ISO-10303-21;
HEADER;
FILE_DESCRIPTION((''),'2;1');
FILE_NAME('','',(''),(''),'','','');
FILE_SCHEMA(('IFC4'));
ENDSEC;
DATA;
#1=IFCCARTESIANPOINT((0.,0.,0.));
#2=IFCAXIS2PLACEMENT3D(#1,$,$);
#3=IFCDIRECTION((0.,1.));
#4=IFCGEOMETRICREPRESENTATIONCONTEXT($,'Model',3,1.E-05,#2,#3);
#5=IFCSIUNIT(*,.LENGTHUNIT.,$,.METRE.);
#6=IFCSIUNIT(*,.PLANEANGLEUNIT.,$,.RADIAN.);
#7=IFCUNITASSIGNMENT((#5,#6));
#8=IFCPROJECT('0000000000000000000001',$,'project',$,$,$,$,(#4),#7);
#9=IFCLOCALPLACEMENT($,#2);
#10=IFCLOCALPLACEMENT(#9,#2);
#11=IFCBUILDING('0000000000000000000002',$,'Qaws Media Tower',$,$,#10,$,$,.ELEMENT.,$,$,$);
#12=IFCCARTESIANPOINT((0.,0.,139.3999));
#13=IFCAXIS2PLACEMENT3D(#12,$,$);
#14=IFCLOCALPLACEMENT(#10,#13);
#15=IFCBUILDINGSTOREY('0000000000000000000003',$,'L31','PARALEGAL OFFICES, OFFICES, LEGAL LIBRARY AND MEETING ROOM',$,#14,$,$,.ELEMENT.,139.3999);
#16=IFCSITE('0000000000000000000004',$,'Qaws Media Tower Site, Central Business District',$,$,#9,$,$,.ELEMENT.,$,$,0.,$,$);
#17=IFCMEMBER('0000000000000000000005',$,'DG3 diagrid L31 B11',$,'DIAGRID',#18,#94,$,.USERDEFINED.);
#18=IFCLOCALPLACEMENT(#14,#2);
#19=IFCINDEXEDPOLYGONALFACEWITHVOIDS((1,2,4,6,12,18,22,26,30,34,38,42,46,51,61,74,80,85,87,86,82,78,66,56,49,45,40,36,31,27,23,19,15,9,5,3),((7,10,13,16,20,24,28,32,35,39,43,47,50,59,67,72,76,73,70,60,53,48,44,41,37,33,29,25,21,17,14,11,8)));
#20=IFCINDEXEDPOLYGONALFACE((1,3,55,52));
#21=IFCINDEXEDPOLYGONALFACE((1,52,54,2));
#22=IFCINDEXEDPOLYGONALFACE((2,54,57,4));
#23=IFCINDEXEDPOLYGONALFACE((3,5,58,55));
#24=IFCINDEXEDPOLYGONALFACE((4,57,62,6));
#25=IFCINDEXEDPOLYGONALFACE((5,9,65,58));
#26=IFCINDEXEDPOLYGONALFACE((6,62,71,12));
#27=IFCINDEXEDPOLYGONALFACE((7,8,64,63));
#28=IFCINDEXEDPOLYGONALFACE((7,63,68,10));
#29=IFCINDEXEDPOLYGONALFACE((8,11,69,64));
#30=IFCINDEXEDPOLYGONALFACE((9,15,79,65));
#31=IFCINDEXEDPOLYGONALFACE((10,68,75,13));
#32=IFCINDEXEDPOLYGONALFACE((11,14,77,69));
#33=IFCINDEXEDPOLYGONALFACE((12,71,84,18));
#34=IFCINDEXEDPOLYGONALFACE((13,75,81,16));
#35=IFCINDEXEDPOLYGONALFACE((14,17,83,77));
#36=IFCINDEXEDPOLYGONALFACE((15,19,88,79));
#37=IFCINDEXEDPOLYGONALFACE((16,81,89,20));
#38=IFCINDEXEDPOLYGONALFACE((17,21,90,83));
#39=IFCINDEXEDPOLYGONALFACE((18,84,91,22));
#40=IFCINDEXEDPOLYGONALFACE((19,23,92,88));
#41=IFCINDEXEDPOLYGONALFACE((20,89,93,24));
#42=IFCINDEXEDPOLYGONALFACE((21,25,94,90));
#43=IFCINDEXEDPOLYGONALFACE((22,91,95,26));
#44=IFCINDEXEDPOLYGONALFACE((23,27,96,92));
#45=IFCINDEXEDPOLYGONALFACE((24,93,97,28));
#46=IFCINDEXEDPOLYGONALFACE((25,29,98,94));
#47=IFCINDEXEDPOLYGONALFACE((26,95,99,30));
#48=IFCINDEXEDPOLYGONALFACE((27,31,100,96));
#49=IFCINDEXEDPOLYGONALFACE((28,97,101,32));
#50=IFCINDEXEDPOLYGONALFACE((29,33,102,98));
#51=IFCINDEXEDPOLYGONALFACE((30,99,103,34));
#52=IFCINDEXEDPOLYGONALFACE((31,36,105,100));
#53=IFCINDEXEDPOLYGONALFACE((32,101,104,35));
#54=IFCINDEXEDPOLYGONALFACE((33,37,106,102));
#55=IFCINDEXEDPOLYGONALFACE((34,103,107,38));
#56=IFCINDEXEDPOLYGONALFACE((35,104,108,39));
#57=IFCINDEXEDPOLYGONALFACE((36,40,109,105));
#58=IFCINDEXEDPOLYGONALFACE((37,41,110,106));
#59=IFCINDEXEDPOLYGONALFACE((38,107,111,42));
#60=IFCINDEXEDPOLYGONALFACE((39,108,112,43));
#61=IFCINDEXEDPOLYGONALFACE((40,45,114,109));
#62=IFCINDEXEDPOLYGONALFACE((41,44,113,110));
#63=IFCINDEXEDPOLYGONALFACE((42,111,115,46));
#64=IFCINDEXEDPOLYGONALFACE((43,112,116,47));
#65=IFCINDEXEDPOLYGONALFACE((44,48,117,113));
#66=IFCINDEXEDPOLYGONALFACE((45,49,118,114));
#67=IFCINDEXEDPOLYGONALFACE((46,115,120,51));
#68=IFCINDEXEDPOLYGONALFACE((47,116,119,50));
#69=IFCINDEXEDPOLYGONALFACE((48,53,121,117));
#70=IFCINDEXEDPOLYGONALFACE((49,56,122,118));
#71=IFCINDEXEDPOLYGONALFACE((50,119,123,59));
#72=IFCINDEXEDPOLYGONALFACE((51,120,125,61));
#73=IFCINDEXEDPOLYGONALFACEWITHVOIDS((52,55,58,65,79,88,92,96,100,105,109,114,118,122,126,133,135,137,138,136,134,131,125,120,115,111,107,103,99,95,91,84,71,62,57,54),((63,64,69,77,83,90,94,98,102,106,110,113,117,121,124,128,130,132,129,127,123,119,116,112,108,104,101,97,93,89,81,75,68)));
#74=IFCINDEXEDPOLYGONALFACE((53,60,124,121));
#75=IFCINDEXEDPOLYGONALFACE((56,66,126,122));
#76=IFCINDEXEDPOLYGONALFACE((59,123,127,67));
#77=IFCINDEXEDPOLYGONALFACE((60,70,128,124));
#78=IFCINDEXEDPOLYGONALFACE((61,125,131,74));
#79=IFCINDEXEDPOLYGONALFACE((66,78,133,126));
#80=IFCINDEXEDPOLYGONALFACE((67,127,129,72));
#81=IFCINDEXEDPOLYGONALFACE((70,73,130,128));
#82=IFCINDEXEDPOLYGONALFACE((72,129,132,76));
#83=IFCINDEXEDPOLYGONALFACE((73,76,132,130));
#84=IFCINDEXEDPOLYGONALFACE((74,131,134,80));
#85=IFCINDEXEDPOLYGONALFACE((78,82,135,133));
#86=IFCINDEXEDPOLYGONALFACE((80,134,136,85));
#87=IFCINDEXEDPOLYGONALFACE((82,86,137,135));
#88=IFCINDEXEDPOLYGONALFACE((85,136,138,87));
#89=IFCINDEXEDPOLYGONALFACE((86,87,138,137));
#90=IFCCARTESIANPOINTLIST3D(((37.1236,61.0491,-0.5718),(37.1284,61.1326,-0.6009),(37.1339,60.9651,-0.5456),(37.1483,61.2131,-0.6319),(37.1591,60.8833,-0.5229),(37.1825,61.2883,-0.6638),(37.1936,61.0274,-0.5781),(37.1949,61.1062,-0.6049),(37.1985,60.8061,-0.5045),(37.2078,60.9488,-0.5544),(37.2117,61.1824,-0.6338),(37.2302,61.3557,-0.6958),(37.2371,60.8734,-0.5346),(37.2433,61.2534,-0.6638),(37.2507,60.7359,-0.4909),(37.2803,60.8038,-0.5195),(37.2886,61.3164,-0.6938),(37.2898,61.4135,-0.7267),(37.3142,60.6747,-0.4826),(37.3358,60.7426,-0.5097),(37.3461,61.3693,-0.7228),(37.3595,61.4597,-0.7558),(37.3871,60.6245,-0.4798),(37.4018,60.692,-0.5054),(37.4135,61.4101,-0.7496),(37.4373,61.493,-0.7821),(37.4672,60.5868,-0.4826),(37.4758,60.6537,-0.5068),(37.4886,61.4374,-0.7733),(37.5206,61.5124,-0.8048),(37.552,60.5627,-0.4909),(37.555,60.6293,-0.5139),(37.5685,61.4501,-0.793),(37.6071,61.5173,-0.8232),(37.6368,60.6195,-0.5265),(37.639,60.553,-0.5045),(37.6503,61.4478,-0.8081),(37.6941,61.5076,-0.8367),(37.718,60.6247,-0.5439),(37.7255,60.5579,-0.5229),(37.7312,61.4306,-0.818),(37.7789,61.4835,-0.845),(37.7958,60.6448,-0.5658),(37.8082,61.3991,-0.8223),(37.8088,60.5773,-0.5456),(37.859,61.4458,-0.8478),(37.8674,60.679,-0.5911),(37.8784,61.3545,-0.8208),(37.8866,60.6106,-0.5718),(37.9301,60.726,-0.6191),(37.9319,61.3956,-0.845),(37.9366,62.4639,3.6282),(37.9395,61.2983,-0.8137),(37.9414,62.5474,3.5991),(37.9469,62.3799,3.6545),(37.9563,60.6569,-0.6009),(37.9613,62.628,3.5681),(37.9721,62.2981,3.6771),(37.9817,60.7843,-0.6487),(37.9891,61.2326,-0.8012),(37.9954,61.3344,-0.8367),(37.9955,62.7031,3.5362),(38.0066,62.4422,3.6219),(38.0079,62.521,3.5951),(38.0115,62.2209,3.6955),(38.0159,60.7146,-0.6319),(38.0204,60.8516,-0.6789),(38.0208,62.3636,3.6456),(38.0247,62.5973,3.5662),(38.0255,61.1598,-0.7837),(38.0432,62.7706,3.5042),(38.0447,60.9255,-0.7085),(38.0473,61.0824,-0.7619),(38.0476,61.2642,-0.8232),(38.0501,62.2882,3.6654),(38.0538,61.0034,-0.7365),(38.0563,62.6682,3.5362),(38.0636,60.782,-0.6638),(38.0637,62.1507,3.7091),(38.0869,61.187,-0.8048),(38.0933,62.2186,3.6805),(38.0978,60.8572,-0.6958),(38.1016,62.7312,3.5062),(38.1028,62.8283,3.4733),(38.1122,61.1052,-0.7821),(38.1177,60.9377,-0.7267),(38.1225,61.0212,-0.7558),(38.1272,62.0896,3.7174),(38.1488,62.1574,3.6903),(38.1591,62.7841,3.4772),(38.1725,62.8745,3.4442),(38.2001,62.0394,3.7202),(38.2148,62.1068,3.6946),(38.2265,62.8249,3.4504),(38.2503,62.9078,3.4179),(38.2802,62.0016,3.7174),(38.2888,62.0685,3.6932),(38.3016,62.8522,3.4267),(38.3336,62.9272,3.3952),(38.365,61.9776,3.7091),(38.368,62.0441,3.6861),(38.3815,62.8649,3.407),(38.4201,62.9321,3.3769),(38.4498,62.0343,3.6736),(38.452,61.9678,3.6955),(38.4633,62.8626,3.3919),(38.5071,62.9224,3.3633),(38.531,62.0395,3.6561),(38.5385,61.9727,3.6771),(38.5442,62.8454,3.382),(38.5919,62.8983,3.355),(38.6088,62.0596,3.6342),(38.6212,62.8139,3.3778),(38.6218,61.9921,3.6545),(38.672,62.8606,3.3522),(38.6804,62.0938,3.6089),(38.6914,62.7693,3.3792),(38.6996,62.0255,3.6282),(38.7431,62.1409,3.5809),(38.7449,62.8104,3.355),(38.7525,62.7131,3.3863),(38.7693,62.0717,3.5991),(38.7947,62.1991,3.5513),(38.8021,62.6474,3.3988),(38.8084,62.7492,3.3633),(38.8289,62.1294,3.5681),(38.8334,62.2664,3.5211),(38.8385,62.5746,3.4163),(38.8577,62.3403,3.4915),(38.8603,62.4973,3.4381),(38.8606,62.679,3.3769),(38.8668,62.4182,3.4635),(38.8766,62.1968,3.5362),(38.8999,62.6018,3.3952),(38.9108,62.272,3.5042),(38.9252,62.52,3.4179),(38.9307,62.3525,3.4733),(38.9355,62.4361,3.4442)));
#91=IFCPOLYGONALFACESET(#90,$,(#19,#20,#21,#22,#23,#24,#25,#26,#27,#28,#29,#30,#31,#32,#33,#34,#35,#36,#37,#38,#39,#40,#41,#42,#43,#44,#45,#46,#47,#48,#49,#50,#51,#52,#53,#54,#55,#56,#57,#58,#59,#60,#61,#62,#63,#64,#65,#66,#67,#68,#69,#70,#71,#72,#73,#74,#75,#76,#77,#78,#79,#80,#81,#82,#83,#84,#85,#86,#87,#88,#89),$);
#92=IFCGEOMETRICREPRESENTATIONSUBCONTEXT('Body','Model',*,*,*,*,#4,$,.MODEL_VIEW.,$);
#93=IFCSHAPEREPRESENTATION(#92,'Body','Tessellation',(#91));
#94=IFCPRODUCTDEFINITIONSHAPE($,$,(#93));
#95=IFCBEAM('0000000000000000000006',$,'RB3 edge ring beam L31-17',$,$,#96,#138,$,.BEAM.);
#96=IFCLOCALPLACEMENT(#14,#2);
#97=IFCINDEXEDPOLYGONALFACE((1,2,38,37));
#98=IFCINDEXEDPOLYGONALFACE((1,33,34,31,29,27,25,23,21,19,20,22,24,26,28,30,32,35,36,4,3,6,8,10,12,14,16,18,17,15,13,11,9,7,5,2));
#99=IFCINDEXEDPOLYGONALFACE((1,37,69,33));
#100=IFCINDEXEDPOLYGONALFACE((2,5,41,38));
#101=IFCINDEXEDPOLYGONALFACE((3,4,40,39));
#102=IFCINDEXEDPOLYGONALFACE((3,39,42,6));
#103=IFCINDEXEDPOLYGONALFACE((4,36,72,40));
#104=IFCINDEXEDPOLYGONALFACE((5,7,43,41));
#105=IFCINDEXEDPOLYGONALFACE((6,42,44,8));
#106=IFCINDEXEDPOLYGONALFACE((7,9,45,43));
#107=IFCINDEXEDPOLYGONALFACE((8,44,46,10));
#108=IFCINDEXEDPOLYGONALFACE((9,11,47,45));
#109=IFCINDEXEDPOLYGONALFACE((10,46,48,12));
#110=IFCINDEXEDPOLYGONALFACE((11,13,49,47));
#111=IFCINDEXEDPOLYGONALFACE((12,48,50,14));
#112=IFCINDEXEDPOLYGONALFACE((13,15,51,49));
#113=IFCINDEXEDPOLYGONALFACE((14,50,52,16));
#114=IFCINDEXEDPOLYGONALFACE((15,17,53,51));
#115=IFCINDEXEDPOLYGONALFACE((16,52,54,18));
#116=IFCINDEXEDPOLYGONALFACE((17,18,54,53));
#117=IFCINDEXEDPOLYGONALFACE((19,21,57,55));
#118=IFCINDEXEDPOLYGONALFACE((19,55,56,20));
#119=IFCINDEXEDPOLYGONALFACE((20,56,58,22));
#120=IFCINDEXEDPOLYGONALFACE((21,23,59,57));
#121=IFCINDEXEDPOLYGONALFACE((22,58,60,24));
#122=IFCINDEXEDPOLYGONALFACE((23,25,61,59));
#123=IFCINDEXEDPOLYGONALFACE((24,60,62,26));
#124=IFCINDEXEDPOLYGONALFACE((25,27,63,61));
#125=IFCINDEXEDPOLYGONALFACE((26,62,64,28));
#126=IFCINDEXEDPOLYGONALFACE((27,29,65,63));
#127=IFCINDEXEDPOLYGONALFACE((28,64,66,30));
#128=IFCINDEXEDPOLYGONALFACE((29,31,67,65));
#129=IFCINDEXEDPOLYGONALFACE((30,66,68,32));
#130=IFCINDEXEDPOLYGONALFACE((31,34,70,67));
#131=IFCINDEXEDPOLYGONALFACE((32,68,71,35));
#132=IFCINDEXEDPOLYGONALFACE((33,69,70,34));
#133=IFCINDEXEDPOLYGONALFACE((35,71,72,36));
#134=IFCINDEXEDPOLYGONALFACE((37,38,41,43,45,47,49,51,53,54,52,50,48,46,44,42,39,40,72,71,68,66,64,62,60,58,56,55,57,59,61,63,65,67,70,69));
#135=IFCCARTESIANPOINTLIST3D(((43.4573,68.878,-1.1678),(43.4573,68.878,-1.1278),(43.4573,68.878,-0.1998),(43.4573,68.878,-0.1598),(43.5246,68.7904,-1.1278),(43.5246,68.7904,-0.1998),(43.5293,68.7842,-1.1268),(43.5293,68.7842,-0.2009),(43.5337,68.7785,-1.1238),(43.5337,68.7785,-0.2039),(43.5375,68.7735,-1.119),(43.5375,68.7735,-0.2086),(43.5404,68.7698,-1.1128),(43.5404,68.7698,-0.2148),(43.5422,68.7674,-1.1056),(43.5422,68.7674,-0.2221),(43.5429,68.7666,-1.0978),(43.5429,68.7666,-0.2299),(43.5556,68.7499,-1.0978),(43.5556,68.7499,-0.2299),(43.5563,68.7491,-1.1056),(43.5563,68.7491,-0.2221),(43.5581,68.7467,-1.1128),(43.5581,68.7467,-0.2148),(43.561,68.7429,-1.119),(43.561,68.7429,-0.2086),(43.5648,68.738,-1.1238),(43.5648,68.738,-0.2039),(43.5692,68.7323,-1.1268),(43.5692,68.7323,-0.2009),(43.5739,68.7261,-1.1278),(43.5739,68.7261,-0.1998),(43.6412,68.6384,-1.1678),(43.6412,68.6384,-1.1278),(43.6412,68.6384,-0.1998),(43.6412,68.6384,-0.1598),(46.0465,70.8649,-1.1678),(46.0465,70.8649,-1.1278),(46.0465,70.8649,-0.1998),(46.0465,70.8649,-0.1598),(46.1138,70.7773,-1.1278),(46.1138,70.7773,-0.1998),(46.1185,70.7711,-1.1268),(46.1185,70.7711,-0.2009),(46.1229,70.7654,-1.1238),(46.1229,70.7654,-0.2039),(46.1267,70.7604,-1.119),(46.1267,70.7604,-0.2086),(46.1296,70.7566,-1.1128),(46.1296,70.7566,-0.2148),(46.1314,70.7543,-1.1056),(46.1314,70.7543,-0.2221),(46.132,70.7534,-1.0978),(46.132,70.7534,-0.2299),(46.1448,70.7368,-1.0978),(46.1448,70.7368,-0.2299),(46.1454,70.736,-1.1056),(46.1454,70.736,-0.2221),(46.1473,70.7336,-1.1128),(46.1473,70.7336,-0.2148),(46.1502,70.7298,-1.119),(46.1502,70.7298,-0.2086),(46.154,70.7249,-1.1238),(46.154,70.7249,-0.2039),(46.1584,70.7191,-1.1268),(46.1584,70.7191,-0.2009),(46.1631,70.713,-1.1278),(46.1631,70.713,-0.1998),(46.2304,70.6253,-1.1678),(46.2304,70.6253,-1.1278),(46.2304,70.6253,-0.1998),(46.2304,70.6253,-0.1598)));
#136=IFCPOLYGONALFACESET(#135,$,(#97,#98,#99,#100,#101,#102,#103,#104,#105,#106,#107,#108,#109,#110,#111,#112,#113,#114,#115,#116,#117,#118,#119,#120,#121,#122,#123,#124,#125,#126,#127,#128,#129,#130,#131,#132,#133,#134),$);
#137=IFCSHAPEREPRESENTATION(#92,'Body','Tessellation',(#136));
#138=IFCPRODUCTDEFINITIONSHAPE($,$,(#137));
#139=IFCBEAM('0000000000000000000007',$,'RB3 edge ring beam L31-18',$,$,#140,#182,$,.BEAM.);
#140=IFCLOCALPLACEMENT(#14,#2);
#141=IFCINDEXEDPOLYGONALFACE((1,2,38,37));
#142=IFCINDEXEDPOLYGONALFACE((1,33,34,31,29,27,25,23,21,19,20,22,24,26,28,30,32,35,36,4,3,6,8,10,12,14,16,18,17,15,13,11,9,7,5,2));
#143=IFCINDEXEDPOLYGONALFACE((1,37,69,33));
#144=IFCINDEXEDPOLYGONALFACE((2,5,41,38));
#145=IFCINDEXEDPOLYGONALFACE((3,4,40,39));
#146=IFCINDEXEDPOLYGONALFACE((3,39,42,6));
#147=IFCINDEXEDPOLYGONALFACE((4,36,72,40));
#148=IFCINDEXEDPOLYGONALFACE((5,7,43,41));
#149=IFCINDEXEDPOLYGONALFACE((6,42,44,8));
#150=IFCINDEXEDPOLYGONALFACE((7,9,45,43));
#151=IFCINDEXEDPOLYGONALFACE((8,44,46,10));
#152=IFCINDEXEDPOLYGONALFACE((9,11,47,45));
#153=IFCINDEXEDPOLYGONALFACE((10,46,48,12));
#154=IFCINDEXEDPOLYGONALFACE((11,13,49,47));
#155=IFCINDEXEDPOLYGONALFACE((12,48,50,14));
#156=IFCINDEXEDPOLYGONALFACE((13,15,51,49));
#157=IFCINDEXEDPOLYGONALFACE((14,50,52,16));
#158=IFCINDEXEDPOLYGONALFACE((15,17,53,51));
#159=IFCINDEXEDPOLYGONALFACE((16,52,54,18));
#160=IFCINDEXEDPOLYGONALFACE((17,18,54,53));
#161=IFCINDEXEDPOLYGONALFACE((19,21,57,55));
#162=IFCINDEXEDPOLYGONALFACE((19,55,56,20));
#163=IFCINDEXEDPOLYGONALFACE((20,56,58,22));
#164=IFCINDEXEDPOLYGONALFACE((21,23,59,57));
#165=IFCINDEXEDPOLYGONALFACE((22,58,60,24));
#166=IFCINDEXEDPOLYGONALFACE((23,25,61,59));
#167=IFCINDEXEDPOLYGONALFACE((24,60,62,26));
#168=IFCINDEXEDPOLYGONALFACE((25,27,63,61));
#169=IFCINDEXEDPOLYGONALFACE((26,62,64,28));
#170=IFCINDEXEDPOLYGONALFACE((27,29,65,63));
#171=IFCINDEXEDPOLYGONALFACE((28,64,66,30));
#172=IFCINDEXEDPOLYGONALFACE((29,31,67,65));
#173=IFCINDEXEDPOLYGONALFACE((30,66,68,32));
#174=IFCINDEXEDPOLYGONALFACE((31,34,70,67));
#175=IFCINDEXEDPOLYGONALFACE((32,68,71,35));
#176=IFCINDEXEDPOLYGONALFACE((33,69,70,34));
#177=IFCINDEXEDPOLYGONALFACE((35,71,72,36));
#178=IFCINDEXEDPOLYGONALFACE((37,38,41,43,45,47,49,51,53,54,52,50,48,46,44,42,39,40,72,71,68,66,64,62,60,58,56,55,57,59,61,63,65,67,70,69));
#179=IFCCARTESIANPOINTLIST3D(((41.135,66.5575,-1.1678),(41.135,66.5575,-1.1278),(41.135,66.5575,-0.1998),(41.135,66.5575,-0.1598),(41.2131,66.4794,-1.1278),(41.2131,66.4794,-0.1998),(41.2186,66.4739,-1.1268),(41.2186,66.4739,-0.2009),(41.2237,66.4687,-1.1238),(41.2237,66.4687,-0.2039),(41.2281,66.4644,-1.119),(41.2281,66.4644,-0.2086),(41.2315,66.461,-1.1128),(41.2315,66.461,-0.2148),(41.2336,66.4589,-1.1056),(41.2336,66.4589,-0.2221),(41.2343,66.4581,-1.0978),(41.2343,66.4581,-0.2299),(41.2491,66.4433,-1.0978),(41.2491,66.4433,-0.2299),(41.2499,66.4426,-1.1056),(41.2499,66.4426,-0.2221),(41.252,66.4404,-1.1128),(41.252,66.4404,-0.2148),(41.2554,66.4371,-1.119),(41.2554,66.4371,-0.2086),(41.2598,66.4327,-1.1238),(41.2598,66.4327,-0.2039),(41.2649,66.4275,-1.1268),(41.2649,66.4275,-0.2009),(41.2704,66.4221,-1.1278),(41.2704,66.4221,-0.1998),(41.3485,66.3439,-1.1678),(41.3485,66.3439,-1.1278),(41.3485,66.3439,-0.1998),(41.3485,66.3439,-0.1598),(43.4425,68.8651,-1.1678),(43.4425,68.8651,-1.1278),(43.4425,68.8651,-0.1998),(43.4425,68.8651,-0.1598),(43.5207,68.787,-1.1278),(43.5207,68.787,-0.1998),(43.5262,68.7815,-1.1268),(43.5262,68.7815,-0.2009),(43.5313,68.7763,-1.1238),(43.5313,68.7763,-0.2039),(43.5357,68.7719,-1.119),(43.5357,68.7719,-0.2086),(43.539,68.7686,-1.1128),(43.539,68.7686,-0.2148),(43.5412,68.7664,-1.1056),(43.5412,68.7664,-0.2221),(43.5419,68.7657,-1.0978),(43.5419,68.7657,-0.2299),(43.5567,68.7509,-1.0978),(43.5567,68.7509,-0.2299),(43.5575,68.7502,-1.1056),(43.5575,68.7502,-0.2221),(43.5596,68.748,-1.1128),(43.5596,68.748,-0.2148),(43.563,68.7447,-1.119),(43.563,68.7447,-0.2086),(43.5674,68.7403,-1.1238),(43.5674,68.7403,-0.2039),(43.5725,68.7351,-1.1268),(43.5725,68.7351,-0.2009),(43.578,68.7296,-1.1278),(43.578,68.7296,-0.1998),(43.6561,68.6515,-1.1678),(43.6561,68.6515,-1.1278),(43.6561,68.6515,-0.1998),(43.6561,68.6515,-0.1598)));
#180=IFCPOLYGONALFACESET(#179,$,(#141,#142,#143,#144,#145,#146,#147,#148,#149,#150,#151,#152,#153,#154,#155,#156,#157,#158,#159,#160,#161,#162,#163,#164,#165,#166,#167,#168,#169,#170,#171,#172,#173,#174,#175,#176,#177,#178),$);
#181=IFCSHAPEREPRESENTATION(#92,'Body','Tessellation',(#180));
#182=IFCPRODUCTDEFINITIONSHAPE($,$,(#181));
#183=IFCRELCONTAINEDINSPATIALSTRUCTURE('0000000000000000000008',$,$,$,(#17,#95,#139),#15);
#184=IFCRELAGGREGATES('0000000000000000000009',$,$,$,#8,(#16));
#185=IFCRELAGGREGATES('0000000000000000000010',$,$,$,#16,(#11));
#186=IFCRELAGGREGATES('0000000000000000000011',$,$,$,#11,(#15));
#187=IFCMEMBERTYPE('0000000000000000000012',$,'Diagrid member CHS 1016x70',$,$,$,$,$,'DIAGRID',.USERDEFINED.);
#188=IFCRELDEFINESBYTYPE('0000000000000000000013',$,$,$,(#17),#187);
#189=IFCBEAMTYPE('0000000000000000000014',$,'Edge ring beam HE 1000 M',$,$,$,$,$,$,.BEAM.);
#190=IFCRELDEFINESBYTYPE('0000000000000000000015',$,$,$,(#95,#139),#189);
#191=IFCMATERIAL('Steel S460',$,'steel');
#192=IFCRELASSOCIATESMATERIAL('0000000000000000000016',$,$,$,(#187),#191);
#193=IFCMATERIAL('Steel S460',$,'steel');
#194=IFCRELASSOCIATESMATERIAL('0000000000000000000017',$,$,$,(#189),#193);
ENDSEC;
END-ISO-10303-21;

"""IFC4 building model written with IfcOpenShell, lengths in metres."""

from ifc_helpers import new_model, si_unit, direction, frame, origin, origin_2d, place, context, subcontext, project, spatial, hollow_circle, i_section, extrude, material, material_profile, profile_set, type_object, element, save


model = new_model("IFC4")

# Units and contexts
model_context = context("Model", 3, precision=1e-05, world=origin(), true_north=direction((0.0, 1.0)))
body_context = subcontext(model_context, "Body", "Model", "MODEL_VIEW")
ifc_project = project(units=[si_unit("LENGTHUNIT", "METRE"), si_unit("PLANEANGLEUNIT", "RADIAN")], contexts=[model_context])

# Site, building, storey
site_placement = place(None, origin())
site = spatial("IfcSite", under=ifc_project, at=site_placement, Name="Qaws Media Tower Site, Central Business District", CompositionType="ELEMENT", RefElevation=0.0)
building_placement = place(site_placement, origin())
building = spatial("IfcBuilding", under=site, at=building_placement, Name="Qaws Media Tower", CompositionType="ELEMENT")
storey_placement = place(building_placement, frame((0.0, 0.0, 139.3999)))
storey = spatial("IfcBuildingStorey", under=building, at=storey_placement, Name="L31", Description="PARALEGAL OFFICES, OFFICES, LEGAL LIBRARY AND MEETING ROOM", CompositionType="ELEMENT", Elevation=139.3999)

# Member
ifc_material_1 = material(Name="Steel S460", Category="steel")
ifc_material_profile_1 = material_profile(ifc_material_1, hollow_circle(Radius=0.5081, WallThickness=0.0701, at=origin_2d()), Name="CHS 1016x70")
ifc_profile_set_1 = profile_set([ifc_material_profile_1], Name="Steel S460")
member_type_1 = type_object("IfcMemberType", Name="Diagrid member CHS 1016x70", ElementType="DIAGRID", PredefinedType="USERDEFINED", material=ifc_profile_set_1)
for number, where, z_axis, x_axis, name in (
    (1, (37.623, 61.0352, -0.6638), (0.180432, 0.313995, 0.932122), (-0.867044, 0.498232, 0.0), "DG3 diagrid L31 B11"),
):
    element("IfcMember", number, at=place(storey_placement, frame(where, z_axis=z_axis, x_axis=x_axis)), inside=storey, type_object=member_type_1, Name=name, ObjectType="DIAGRID", PredefinedType="USERDEFINED", context=body_context, shape_type="SweptSolid", body=[
        extrude(hollow_circle(Radius=0.5081, WallThickness=0.0701, at=origin_2d()), origin(), (0.0, 0.0, 1.0), 4.5059),
    ])

# Beams
ifc_material_2 = material(Name="Steel S460", Category="steel")
ifc_material_profile_2 = material_profile(ifc_material_2, i_section(OverallWidth=0.302, OverallDepth=1.0081, WebThickness=0.021, FlangeThickness=0.04, FilletRadius=0.03, at=origin_2d()), Name="HE 1000 M")
ifc_profile_set_2 = profile_set([ifc_material_profile_2], Name="Steel S460")
beam_type = type_object("IfcBeamType", Name="Edge ring beam HE 1000 M", PredefinedType="BEAM", material=ifc_profile_set_2)
beam_1_placement = place(storey_placement, frame((46.1384, 70.7451, -0.6638), z_axis=(-0.793335, -0.608785, 0.0), x_axis=(0.608785, -0.793335, 0.0)))
element("IfcBeam", 2, at=beam_1_placement, inside=storey, type_object=beam_type, Name="RB3 edge ring beam L31-17", PredefinedType="BEAM", context=body_context, shape_type="SweptSolid", body=[
    extrude(i_section(OverallWidth=0.302, OverallDepth=1.0081, WebThickness=0.021, FlangeThickness=0.04, FilletRadius=0.03, at=origin_2d()), origin(), (0.0, 0.0, 1.0), 3.2637),
])
beam_2_placement = place(storey_placement, frame((43.5493, 68.7583, -0.6638), z_axis=(-0.707107, -0.707107, 0.0), x_axis=(0.707107, -0.707107, 0.0)))
element("IfcBeam", 3, at=beam_2_placement, inside=storey, type_object=beam_type, Name="RB3 edge ring beam L31-18", PredefinedType="BEAM", context=body_context, shape_type="SweptSolid", body=[
    extrude(i_section(OverallWidth=0.302, OverallDepth=1.0081, WebThickness=0.021, FlangeThickness=0.04, FilletRadius=0.03, at=origin_2d()), origin(), (0.0, 0.0, 1.0), 3.2634),
])

save(model, "model.ifc")
